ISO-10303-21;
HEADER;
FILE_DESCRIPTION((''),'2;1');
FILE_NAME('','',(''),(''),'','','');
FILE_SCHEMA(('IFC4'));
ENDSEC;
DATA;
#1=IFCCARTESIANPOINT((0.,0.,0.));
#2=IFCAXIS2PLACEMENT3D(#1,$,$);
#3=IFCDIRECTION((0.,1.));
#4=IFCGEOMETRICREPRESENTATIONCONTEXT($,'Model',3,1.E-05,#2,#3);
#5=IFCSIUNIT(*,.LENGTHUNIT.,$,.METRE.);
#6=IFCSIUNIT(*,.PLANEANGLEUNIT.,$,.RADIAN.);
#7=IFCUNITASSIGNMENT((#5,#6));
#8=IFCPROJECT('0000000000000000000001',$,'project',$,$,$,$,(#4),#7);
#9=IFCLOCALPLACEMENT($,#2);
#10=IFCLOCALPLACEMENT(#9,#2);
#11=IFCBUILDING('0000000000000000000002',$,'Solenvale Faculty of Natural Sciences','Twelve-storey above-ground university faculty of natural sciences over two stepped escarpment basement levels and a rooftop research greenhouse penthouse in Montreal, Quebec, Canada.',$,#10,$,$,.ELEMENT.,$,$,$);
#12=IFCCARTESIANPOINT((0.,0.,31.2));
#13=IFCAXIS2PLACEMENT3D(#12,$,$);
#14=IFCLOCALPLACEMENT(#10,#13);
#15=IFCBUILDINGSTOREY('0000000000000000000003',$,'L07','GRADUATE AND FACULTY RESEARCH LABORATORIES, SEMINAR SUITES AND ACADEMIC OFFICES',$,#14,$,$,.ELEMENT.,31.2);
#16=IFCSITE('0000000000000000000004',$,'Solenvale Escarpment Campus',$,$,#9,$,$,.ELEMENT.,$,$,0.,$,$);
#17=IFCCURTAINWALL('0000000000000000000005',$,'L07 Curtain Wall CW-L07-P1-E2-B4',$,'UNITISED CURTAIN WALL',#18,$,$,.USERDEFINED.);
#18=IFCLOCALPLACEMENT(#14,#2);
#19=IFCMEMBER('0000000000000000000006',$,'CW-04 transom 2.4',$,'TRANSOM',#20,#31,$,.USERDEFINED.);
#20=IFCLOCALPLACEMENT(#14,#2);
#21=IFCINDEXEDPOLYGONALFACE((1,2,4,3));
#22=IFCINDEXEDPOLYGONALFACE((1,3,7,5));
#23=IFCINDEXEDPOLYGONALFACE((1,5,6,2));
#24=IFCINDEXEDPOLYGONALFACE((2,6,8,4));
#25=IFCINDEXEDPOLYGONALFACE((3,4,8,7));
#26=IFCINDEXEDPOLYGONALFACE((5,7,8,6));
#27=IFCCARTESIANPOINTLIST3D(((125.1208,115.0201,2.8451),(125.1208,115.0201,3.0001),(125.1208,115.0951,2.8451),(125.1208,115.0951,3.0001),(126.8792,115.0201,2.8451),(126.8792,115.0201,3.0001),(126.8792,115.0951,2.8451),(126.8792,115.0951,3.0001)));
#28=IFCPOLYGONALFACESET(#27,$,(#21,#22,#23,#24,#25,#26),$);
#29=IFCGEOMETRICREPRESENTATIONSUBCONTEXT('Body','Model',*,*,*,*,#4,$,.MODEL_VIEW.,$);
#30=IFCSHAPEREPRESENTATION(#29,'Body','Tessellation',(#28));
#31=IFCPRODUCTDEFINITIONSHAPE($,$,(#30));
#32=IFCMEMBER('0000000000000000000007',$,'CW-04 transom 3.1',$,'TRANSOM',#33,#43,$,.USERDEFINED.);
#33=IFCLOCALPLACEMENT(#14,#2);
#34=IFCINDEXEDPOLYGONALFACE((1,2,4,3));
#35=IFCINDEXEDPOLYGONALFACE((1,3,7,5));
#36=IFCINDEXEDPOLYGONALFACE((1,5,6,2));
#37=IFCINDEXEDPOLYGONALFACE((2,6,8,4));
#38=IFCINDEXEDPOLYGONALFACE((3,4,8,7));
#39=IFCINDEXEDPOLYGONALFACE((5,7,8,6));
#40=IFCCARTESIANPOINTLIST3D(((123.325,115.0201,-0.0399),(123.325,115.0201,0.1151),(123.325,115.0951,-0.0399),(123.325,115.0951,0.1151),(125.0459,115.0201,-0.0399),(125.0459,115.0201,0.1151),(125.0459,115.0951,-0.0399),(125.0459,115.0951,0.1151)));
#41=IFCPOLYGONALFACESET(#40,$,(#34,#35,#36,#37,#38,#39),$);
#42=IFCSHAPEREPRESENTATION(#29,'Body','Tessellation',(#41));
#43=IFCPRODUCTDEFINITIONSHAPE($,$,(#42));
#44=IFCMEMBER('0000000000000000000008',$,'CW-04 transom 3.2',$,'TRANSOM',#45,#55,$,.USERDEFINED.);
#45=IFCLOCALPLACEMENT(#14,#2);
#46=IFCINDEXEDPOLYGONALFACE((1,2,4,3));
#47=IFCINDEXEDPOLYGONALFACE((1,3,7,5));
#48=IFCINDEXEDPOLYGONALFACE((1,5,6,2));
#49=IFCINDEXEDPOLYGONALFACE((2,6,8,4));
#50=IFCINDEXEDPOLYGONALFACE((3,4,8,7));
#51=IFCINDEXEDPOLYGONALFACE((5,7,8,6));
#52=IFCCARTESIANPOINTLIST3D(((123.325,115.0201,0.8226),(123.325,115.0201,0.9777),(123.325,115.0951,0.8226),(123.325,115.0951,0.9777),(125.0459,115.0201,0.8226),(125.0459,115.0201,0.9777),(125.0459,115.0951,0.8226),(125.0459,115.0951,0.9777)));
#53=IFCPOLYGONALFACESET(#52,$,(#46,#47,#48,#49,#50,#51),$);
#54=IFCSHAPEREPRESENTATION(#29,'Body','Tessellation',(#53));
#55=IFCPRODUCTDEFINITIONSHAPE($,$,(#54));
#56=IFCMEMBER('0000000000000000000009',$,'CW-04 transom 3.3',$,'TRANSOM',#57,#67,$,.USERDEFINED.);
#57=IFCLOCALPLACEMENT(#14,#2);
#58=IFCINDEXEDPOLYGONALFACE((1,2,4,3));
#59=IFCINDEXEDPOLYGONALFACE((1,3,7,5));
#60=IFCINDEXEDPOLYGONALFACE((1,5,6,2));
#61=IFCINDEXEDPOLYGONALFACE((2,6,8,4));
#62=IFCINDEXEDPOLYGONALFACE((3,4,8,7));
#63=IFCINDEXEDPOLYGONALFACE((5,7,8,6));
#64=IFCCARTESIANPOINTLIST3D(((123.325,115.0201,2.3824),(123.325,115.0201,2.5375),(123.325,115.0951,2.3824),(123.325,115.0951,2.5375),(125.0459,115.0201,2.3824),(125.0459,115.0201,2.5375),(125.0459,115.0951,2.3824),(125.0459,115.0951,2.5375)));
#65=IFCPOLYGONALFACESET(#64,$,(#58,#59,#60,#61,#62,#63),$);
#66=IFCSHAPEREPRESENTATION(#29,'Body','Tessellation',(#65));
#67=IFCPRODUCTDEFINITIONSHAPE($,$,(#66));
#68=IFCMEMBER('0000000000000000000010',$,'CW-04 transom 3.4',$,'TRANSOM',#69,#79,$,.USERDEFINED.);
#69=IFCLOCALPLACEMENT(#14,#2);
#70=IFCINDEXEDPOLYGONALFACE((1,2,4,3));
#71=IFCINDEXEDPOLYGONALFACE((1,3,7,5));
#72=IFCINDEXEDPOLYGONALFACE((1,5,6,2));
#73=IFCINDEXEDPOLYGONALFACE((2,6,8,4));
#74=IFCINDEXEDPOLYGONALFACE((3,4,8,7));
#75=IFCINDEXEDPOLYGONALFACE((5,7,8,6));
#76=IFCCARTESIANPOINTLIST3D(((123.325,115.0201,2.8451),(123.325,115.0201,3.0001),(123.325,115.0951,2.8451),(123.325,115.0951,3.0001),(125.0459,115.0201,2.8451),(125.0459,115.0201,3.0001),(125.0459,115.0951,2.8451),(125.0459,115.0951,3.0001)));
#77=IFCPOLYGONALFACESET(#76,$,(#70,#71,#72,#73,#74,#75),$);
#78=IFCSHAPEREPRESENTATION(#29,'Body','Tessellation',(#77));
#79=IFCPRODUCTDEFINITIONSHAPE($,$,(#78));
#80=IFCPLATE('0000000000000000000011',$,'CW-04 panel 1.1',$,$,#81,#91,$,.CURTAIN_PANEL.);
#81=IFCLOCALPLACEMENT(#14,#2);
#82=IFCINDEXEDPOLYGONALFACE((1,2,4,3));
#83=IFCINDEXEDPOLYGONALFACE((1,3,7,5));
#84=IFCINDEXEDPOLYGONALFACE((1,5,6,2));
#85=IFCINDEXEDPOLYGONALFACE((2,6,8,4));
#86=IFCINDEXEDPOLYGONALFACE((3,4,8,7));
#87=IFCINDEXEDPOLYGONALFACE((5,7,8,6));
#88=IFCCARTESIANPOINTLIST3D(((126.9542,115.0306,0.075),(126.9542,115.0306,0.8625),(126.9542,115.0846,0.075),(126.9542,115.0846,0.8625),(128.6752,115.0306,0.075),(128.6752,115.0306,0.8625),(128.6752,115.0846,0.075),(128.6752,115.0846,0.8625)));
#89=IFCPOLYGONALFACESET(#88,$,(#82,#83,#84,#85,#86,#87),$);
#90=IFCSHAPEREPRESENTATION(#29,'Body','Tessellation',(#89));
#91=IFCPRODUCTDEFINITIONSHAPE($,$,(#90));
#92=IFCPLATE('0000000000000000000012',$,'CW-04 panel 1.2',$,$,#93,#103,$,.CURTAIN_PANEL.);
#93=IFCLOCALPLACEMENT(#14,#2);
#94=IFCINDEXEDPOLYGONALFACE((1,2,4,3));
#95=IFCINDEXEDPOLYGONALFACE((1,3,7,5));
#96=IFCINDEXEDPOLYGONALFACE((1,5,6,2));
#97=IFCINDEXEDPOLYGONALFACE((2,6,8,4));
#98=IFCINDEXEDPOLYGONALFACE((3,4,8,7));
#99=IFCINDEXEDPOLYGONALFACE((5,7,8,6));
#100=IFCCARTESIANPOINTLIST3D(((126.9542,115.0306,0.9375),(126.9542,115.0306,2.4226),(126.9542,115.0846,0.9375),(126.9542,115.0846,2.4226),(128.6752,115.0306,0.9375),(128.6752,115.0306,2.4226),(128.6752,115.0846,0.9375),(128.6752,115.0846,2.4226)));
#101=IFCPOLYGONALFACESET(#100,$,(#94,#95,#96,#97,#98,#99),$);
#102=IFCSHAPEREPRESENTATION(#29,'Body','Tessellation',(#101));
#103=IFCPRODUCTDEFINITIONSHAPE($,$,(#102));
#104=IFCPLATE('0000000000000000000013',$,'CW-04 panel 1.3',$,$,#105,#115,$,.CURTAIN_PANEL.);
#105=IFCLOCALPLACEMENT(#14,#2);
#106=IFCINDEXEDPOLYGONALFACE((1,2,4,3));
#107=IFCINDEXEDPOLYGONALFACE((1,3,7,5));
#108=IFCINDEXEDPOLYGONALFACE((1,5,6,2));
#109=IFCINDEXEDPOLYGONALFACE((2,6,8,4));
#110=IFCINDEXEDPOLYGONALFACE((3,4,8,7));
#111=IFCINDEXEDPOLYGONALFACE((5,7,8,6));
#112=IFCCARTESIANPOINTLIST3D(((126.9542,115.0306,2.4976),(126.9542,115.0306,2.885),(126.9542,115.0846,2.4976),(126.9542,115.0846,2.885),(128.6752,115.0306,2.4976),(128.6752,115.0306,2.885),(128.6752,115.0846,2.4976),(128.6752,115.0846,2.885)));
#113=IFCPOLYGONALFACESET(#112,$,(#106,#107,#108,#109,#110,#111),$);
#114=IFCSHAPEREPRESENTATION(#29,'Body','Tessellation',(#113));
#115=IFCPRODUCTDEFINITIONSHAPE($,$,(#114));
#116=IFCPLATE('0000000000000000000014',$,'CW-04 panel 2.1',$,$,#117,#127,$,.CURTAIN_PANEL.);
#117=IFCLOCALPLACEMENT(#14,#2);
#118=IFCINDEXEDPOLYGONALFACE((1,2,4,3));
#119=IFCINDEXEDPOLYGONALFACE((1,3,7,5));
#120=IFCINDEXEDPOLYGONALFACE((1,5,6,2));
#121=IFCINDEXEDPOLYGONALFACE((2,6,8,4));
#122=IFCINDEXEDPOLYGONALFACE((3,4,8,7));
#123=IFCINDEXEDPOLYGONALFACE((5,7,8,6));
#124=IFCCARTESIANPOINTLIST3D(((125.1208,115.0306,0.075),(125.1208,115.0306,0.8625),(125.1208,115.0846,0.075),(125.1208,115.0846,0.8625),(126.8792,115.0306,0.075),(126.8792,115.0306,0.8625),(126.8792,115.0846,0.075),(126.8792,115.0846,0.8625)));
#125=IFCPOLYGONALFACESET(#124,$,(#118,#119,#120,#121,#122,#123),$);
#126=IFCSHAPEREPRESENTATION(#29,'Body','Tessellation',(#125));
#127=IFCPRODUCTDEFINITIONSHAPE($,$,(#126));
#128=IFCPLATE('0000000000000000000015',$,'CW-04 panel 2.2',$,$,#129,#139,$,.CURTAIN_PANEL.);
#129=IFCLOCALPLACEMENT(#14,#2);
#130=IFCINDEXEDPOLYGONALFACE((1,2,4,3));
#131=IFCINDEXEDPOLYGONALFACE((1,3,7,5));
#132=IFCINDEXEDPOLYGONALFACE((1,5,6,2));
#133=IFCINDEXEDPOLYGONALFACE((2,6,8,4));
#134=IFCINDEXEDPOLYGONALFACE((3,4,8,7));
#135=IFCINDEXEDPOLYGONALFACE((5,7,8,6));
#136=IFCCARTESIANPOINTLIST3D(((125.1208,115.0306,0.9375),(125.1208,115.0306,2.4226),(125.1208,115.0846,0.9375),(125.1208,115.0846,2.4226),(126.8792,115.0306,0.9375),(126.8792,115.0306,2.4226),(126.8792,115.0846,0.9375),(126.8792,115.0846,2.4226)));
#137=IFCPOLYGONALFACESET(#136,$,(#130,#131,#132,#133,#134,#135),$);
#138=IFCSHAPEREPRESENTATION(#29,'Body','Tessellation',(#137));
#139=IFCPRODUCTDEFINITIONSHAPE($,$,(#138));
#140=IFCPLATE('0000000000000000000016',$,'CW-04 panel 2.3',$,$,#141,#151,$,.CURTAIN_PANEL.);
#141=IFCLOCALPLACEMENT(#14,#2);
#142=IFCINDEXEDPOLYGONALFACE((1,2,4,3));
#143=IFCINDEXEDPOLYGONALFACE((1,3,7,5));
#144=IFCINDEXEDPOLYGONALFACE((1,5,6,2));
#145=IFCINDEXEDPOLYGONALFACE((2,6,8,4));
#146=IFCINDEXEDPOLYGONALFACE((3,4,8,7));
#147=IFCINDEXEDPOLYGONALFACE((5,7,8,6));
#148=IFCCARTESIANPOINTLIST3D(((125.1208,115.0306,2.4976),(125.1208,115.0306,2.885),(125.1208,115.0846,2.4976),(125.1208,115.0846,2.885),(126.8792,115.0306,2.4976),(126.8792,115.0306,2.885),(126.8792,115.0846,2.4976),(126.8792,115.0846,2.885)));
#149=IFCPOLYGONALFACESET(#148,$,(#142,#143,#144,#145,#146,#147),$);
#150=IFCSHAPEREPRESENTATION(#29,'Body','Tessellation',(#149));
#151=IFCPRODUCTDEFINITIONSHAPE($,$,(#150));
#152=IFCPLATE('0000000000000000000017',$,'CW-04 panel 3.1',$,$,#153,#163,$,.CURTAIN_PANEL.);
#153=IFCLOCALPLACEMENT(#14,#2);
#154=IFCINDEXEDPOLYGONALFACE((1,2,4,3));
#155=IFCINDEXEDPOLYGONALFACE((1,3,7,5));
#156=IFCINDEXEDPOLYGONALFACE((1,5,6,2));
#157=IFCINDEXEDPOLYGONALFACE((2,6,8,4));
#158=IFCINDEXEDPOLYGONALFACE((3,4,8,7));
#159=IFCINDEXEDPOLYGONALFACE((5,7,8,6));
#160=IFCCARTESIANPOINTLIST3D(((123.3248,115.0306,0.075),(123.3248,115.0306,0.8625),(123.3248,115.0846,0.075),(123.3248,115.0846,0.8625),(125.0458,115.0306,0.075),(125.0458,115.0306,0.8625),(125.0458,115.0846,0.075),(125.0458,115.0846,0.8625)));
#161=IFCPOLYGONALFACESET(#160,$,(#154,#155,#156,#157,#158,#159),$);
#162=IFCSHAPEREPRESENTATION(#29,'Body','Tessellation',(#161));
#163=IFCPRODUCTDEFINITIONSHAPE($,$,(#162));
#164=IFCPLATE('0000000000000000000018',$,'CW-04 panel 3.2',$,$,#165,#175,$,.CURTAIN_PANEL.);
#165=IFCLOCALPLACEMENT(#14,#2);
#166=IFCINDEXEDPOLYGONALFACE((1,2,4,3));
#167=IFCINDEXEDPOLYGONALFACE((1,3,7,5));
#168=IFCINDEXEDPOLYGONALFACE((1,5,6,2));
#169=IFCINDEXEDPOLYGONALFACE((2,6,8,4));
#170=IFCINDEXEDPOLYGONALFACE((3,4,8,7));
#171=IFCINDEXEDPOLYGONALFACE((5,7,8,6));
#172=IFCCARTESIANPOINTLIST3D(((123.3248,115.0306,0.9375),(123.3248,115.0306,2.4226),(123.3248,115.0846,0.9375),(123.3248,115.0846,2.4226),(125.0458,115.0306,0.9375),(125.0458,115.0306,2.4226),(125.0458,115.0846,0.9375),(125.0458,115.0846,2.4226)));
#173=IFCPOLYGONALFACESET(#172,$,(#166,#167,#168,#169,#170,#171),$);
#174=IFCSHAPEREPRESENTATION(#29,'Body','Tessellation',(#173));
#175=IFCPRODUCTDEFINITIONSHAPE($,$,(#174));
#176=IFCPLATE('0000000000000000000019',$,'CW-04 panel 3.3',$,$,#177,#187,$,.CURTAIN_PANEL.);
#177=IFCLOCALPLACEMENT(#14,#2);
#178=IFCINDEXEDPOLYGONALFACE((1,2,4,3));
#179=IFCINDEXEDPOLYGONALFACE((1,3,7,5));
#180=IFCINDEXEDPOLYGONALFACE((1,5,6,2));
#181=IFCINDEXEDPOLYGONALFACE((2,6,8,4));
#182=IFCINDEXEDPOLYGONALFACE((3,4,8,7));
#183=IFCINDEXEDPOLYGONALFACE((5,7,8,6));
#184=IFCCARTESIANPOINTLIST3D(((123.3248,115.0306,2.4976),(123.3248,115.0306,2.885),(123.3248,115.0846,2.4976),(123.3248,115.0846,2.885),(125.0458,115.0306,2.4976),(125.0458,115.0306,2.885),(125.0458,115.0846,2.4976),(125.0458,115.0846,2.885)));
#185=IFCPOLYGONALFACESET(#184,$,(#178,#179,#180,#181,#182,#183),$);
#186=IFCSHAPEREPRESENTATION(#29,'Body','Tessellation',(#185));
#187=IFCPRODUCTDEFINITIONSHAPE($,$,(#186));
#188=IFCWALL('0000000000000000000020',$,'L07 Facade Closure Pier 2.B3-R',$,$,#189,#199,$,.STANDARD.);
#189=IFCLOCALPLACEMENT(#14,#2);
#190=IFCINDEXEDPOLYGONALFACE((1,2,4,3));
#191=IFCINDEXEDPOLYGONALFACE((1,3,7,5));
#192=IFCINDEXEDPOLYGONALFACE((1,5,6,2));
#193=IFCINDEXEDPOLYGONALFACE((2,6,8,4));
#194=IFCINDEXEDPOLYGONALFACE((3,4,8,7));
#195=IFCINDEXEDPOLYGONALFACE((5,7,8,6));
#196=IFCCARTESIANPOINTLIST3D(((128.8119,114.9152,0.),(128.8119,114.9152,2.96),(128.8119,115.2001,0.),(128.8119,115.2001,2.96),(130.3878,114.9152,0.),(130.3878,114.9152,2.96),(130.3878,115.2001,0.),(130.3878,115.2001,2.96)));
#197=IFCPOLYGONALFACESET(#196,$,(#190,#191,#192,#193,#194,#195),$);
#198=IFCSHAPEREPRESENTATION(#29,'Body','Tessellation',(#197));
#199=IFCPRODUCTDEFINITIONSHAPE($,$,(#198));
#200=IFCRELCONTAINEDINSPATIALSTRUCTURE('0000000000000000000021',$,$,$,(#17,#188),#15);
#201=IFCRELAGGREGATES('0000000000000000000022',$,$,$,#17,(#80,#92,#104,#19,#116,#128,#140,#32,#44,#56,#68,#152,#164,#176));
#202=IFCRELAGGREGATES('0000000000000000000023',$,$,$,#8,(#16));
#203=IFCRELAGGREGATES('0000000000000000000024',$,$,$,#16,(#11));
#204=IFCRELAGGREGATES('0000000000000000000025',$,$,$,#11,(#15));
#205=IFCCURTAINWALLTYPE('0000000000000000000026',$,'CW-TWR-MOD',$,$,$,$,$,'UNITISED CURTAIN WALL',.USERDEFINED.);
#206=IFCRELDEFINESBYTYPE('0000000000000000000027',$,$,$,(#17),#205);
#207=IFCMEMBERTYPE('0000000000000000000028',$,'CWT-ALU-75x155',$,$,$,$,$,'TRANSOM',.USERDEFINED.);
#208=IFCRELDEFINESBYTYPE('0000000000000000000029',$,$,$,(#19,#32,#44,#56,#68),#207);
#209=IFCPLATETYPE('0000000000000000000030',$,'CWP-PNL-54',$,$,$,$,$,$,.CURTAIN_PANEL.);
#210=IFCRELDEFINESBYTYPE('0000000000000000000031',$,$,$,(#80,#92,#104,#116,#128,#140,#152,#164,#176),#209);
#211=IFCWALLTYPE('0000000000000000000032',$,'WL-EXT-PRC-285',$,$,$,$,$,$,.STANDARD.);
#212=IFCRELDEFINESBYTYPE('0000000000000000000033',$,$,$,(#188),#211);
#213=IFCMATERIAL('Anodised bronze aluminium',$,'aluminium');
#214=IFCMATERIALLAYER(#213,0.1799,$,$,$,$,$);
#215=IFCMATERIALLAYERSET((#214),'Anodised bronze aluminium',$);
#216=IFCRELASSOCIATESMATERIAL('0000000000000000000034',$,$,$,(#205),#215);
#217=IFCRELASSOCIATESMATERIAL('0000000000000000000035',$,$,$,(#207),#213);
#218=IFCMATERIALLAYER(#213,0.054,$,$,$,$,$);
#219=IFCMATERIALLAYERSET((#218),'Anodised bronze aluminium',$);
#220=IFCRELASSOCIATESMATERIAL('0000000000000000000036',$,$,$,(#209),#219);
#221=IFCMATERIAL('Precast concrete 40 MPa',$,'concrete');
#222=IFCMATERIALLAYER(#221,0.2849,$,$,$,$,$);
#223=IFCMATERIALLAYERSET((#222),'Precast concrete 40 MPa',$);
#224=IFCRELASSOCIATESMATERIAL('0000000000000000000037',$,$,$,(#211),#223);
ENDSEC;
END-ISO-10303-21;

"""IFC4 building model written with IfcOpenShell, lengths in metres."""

from ifc_helpers import new_model, si_unit, direction, frame, frame_2d, origin, origin_2d, place, context, subcontext, project, spatial, rectangle, extrude, material, layer, layer_set, material_profile, profile_set, type_object, element, aggregate, save


model = new_model("IFC4")

# Units and contexts
model_context = context("Model", 3, precision=1e-05, world=origin(), true_north=direction((0.0, 1.0)))
body_context = subcontext(model_context, "Body", "Model", "MODEL_VIEW")
ifc_project = project(units=[si_unit("LENGTHUNIT", "METRE"), si_unit("PLANEANGLEUNIT", "RADIAN")], contexts=[model_context])

# Site, building, storey
site_placement = place(None, origin())
site = spatial("IfcSite", under=ifc_project, at=site_placement, Name="Solenvale Escarpment Campus", CompositionType="ELEMENT", RefElevation=0.0)
building_placement = place(site_placement, origin())
building = spatial("IfcBuilding", under=site, at=building_placement, Name="Solenvale Faculty of Natural Sciences", Description="Twelve-storey above-ground university faculty of natural sciences over two stepped escarpment basement levels and a rooftop research greenhouse penthouse in Montreal, Quebec, Canada.", CompositionType="ELEMENT")
storey_placement = place(building_placement, frame((0.0, 0.0, 31.2)))
storey = spatial("IfcBuildingStorey", under=building, at=storey_placement, Name="L07", Description="GRADUATE AND FACULTY RESEARCH LABORATORIES, SEMINAR SUITES AND ACADEMIC OFFICES", CompositionType="ELEMENT", Elevation=31.2)

# Shared definitions
ifc_material_1 = material(Name="Precast concrete 40 MPa", Category="concrete")

# Shared definitions
ifc_material_2 = material(Name="Anodised bronze aluminium", Category="aluminium")
ifc_layer_1 = layer(ifc_material_2, 0.1799)
ifc_layer_set_1 = layer_set([ifc_layer_1], Name="Anodised bronze aluminium")
curtain_wall_type = type_object("IfcCurtainWallType", Name="CW-TWR-MOD", ElementType="UNITISED CURTAIN WALL", PredefinedType="USERDEFINED", material=ifc_layer_set_1)

# Curtain wall, members, plates
curtain_wall_1_placement = place(storey_placement, origin())
curtain_wall_1 = element("IfcCurtainWall", 1, at=curtain_wall_1_placement, inside=storey, type_object=curtain_wall_type, Name="L07 Curtain Wall CW-L07-P1-E2-B4", ObjectType="UNITISED CURTAIN WALL", PredefinedType="USERDEFINED")
ifc_material_profile_1 = material_profile(ifc_material_2, rectangle(XDim=0.075, YDim=0.155, at=origin_2d()), Name="ALU-TRN-75x155")
ifc_profile_set_1 = profile_set([ifc_material_profile_1], Name="Anodised bronze aluminium")
member_type_1 = type_object("IfcMemberType", Name="CWT-ALU-75x155", ElementType="TRANSOM", PredefinedType="USERDEFINED", material=ifc_profile_set_1)
member_1_placement = place(storey_placement, frame((126.8792, 115.0576, 2.9226), z_axis=(-1.0, 0.0, 0.0), x_axis=(0.0, -1.0, 0.0)))
member_1 = element("IfcMember", 2, at=member_1_placement, type_object=member_type_1, Name="CW-04 transom 2.4", ObjectType="TRANSOM", PredefinedType="USERDEFINED", context=body_context, shape_type="SweptSolid", body=[
    extrude(rectangle(XDim=0.075, YDim=0.155, at=origin_2d()), origin(), (0.0, 0.0, 1.0), 1.7583),
])
member_2_placement = place(storey_placement, frame((125.0459, 115.0576, 0.0376), z_axis=(-1.0, 0.0, 0.0), x_axis=(0.0, -1.0, 0.0)))
member_2 = element("IfcMember", 3, at=member_2_placement, type_object=member_type_1, Name="CW-04 transom 3.1", ObjectType="TRANSOM", PredefinedType="USERDEFINED", context=body_context, shape_type="SweptSolid", body=[
    extrude(rectangle(XDim=0.075, YDim=0.155, at=origin_2d()), origin(), (0.0, 0.0, 1.0), 1.7209),
])
member_3_placement = place(storey_placement, frame((125.0459, 115.0576, 0.9001), z_axis=(-1.0, 0.0, 0.0), x_axis=(0.0, -1.0, 0.0)))
member_3 = element("IfcMember", 4, at=member_3_placement, type_object=member_type_1, Name="CW-04 transom 3.2", ObjectType="TRANSOM", PredefinedType="USERDEFINED", context=body_context, shape_type="SweptSolid", body=[
    extrude(rectangle(XDim=0.075, YDim=0.155, at=origin_2d()), origin(), (0.0, 0.0, 1.0), 1.7209),
])
member_4_placement = place(storey_placement, frame((125.0459, 115.0576, 2.46), z_axis=(-1.0, 0.0, 0.0), x_axis=(0.0, -1.0, 0.0)))
member_4 = element("IfcMember", 5, at=member_4_placement, type_object=member_type_1, Name="CW-04 transom 3.3", ObjectType="TRANSOM", PredefinedType="USERDEFINED", context=body_context, shape_type="SweptSolid", body=[
    extrude(rectangle(XDim=0.075, YDim=0.155, at=origin_2d()), origin(), (0.0, 0.0, 1.0), 1.7209),
])
member_5_placement = place(storey_placement, frame((125.0459, 115.0576, 2.9226), z_axis=(-1.0, 0.0, 0.0), x_axis=(0.0, -1.0, 0.0)))
member_5 = element("IfcMember", 6, at=member_5_placement, type_object=member_type_1, Name="CW-04 transom 3.4", ObjectType="TRANSOM", PredefinedType="USERDEFINED", context=body_context, shape_type="SweptSolid", body=[
    extrude(rectangle(XDim=0.075, YDim=0.155, at=origin_2d()), origin(), (0.0, 0.0, 1.0), 1.7209),
])
ifc_layer_2 = layer(ifc_material_2, 0.054)
ifc_layer_set_2 = layer_set([ifc_layer_2], Name="Anodised bronze aluminium")
plate_type = type_object("IfcPlateType", Name="CWP-PNL-54", PredefinedType="CURTAIN_PANEL", material=ifc_layer_set_2)
plate_1_placement = place(storey_placement, frame((127.8147, 115.0576, 0.075), z_axis=(0.0, 0.0, 1.0), x_axis=(-1.0, 0.0, 0.0)))
plate_1 = element("IfcPlate", 7, at=plate_1_placement, type_object=plate_type, Name="CW-04 panel 1.1", PredefinedType="CURTAIN_PANEL", context=body_context, shape_type="SweptSolid", body=[
    extrude(rectangle(XDim=1.7209, YDim=0.054, at=origin_2d()), origin(), (0.0, 0.0, 1.0), 0.7876),
])
plate_2_placement = place(storey_placement, frame((127.8147, 115.0576, 0.9375), z_axis=(0.0, 0.0, 1.0), x_axis=(-1.0, 0.0, 0.0)))
plate_2 = element("IfcPlate", 8, at=plate_2_placement, type_object=plate_type, Name="CW-04 panel 1.2", PredefinedType="CURTAIN_PANEL", context=body_context, shape_type="SweptSolid", body=[
    extrude(rectangle(XDim=1.7209, YDim=0.054, at=origin_2d()), origin(), (0.0, 0.0, 1.0), 1.4851),
])
plate_3_placement = place(storey_placement, frame((127.8147, 115.0576, 2.4976), z_axis=(0.0, 0.0, 1.0), x_axis=(-1.0, 0.0, 0.0)))
plate_3 = element("IfcPlate", 9, at=plate_3_placement, type_object=plate_type, Name="CW-04 panel 1.3", PredefinedType="CURTAIN_PANEL", context=body_context, shape_type="SweptSolid", body=[
    extrude(rectangle(XDim=1.7209, YDim=0.054, at=origin_2d()), origin(), (0.0, 0.0, 1.0), 0.3875),
])
plate_4_placement = place(storey_placement, frame((126.0, 115.0576, 0.075), z_axis=(0.0, 0.0, 1.0), x_axis=(-1.0, 0.0, 0.0)))
plate_4 = element("IfcPlate", 10, at=plate_4_placement, type_object=plate_type, Name="CW-04 panel 2.1", PredefinedType="CURTAIN_PANEL", context=body_context, shape_type="SweptSolid", body=[
    extrude(rectangle(XDim=1.7583, YDim=0.054, at=origin_2d()), origin(), (0.0, 0.0, 1.0), 0.7876),
])
plate_5_placement = place(storey_placement, frame((126.0, 115.0576, 0.9375), z_axis=(0.0, 0.0, 1.0), x_axis=(-1.0, 0.0, 0.0)))
plate_5 = element("IfcPlate", 11, at=plate_5_placement, type_object=plate_type, Name="CW-04 panel 2.2", PredefinedType="CURTAIN_PANEL", context=body_context, shape_type="SweptSolid", body=[
    extrude(rectangle(XDim=1.7583, YDim=0.054, at=origin_2d()), origin(), (0.0, 0.0, 1.0), 1.4851),
])
plate_6_placement = place(storey_placement, frame((126.0, 115.0576, 2.4976), z_axis=(0.0, 0.0, 1.0), x_axis=(-1.0, 0.0, 0.0)))
plate_6 = element("IfcPlate", 12, at=plate_6_placement, type_object=plate_type, Name="CW-04 panel 2.3", PredefinedType="CURTAIN_PANEL", context=body_context, shape_type="SweptSolid", body=[
    extrude(rectangle(XDim=1.7583, YDim=0.054, at=origin_2d()), origin(), (0.0, 0.0, 1.0), 0.3875),
])
plate_7_placement = place(storey_placement, frame((124.1853, 115.0576, 0.075), z_axis=(0.0, 0.0, 1.0), x_axis=(-1.0, 0.0, 0.0)))
plate_7 = element("IfcPlate", 13, at=plate_7_placement, type_object=plate_type, Name="CW-04 panel 3.1", PredefinedType="CURTAIN_PANEL", context=body_context, shape_type="SweptSolid", body=[
    extrude(rectangle(XDim=1.7209, YDim=0.054, at=origin_2d()), origin(), (0.0, 0.0, 1.0), 0.7876),
])
plate_8_placement = place(storey_placement, frame((124.1853, 115.0576, 0.9375), z_axis=(0.0, 0.0, 1.0), x_axis=(-1.0, 0.0, 0.0)))
plate_8 = element("IfcPlate", 14, at=plate_8_placement, type_object=plate_type, Name="CW-04 panel 3.2", PredefinedType="CURTAIN_PANEL", context=body_context, shape_type="SweptSolid", body=[
    extrude(rectangle(XDim=1.7209, YDim=0.054, at=origin_2d()), origin(), (0.0, 0.0, 1.0), 1.4851),
])
plate_9_placement = place(storey_placement, frame((124.1853, 115.0576, 2.4976), z_axis=(0.0, 0.0, 1.0), x_axis=(-1.0, 0.0, 0.0)))
plate_9 = element("IfcPlate", 15, at=plate_9_placement, type_object=plate_type, Name="CW-04 panel 3.3", PredefinedType="CURTAIN_PANEL", context=body_context, shape_type="SweptSolid", body=[
    extrude(rectangle(XDim=1.7209, YDim=0.054, at=origin_2d()), origin(), (0.0, 0.0, 1.0), 0.3875),
])
aggregate(curtain_wall_1, [plate_1, plate_2, plate_3, member_1, plate_4, plate_5, plate_6, member_2, member_3, member_4, member_5, plate_7, plate_8, plate_9])

# Wall
ifc_layer_3 = layer(ifc_material_1, 0.2849)
ifc_layer_set_3 = layer_set([ifc_layer_3], Name="Precast concrete 40 MPa")
wall_type = type_object("IfcWallType", Name="WL-EXT-PRC-285", PredefinedType="STANDARD", material=ifc_layer_set_3)
wall_placement = place(storey_placement, frame((130.3879, 115.0576, 0.0), z_axis=(0.0, 0.0, 1.0), x_axis=(-1.0, 0.0, 0.0)))
element("IfcWall", 16, at=wall_placement, inside=storey, type_object=wall_type, Name="L07 Facade Closure Pier 2.B3-R", PredefinedType="STANDARD", context=body_context, shape_type="SweptSolid", body=[
    extrude(rectangle(XDim=1.5759, YDim=0.2849, at=frame_2d((0.7881, 0.0))), origin(), (0.0, 0.0, 1.0), 2.96),
])

save(model, "model.ifc")
